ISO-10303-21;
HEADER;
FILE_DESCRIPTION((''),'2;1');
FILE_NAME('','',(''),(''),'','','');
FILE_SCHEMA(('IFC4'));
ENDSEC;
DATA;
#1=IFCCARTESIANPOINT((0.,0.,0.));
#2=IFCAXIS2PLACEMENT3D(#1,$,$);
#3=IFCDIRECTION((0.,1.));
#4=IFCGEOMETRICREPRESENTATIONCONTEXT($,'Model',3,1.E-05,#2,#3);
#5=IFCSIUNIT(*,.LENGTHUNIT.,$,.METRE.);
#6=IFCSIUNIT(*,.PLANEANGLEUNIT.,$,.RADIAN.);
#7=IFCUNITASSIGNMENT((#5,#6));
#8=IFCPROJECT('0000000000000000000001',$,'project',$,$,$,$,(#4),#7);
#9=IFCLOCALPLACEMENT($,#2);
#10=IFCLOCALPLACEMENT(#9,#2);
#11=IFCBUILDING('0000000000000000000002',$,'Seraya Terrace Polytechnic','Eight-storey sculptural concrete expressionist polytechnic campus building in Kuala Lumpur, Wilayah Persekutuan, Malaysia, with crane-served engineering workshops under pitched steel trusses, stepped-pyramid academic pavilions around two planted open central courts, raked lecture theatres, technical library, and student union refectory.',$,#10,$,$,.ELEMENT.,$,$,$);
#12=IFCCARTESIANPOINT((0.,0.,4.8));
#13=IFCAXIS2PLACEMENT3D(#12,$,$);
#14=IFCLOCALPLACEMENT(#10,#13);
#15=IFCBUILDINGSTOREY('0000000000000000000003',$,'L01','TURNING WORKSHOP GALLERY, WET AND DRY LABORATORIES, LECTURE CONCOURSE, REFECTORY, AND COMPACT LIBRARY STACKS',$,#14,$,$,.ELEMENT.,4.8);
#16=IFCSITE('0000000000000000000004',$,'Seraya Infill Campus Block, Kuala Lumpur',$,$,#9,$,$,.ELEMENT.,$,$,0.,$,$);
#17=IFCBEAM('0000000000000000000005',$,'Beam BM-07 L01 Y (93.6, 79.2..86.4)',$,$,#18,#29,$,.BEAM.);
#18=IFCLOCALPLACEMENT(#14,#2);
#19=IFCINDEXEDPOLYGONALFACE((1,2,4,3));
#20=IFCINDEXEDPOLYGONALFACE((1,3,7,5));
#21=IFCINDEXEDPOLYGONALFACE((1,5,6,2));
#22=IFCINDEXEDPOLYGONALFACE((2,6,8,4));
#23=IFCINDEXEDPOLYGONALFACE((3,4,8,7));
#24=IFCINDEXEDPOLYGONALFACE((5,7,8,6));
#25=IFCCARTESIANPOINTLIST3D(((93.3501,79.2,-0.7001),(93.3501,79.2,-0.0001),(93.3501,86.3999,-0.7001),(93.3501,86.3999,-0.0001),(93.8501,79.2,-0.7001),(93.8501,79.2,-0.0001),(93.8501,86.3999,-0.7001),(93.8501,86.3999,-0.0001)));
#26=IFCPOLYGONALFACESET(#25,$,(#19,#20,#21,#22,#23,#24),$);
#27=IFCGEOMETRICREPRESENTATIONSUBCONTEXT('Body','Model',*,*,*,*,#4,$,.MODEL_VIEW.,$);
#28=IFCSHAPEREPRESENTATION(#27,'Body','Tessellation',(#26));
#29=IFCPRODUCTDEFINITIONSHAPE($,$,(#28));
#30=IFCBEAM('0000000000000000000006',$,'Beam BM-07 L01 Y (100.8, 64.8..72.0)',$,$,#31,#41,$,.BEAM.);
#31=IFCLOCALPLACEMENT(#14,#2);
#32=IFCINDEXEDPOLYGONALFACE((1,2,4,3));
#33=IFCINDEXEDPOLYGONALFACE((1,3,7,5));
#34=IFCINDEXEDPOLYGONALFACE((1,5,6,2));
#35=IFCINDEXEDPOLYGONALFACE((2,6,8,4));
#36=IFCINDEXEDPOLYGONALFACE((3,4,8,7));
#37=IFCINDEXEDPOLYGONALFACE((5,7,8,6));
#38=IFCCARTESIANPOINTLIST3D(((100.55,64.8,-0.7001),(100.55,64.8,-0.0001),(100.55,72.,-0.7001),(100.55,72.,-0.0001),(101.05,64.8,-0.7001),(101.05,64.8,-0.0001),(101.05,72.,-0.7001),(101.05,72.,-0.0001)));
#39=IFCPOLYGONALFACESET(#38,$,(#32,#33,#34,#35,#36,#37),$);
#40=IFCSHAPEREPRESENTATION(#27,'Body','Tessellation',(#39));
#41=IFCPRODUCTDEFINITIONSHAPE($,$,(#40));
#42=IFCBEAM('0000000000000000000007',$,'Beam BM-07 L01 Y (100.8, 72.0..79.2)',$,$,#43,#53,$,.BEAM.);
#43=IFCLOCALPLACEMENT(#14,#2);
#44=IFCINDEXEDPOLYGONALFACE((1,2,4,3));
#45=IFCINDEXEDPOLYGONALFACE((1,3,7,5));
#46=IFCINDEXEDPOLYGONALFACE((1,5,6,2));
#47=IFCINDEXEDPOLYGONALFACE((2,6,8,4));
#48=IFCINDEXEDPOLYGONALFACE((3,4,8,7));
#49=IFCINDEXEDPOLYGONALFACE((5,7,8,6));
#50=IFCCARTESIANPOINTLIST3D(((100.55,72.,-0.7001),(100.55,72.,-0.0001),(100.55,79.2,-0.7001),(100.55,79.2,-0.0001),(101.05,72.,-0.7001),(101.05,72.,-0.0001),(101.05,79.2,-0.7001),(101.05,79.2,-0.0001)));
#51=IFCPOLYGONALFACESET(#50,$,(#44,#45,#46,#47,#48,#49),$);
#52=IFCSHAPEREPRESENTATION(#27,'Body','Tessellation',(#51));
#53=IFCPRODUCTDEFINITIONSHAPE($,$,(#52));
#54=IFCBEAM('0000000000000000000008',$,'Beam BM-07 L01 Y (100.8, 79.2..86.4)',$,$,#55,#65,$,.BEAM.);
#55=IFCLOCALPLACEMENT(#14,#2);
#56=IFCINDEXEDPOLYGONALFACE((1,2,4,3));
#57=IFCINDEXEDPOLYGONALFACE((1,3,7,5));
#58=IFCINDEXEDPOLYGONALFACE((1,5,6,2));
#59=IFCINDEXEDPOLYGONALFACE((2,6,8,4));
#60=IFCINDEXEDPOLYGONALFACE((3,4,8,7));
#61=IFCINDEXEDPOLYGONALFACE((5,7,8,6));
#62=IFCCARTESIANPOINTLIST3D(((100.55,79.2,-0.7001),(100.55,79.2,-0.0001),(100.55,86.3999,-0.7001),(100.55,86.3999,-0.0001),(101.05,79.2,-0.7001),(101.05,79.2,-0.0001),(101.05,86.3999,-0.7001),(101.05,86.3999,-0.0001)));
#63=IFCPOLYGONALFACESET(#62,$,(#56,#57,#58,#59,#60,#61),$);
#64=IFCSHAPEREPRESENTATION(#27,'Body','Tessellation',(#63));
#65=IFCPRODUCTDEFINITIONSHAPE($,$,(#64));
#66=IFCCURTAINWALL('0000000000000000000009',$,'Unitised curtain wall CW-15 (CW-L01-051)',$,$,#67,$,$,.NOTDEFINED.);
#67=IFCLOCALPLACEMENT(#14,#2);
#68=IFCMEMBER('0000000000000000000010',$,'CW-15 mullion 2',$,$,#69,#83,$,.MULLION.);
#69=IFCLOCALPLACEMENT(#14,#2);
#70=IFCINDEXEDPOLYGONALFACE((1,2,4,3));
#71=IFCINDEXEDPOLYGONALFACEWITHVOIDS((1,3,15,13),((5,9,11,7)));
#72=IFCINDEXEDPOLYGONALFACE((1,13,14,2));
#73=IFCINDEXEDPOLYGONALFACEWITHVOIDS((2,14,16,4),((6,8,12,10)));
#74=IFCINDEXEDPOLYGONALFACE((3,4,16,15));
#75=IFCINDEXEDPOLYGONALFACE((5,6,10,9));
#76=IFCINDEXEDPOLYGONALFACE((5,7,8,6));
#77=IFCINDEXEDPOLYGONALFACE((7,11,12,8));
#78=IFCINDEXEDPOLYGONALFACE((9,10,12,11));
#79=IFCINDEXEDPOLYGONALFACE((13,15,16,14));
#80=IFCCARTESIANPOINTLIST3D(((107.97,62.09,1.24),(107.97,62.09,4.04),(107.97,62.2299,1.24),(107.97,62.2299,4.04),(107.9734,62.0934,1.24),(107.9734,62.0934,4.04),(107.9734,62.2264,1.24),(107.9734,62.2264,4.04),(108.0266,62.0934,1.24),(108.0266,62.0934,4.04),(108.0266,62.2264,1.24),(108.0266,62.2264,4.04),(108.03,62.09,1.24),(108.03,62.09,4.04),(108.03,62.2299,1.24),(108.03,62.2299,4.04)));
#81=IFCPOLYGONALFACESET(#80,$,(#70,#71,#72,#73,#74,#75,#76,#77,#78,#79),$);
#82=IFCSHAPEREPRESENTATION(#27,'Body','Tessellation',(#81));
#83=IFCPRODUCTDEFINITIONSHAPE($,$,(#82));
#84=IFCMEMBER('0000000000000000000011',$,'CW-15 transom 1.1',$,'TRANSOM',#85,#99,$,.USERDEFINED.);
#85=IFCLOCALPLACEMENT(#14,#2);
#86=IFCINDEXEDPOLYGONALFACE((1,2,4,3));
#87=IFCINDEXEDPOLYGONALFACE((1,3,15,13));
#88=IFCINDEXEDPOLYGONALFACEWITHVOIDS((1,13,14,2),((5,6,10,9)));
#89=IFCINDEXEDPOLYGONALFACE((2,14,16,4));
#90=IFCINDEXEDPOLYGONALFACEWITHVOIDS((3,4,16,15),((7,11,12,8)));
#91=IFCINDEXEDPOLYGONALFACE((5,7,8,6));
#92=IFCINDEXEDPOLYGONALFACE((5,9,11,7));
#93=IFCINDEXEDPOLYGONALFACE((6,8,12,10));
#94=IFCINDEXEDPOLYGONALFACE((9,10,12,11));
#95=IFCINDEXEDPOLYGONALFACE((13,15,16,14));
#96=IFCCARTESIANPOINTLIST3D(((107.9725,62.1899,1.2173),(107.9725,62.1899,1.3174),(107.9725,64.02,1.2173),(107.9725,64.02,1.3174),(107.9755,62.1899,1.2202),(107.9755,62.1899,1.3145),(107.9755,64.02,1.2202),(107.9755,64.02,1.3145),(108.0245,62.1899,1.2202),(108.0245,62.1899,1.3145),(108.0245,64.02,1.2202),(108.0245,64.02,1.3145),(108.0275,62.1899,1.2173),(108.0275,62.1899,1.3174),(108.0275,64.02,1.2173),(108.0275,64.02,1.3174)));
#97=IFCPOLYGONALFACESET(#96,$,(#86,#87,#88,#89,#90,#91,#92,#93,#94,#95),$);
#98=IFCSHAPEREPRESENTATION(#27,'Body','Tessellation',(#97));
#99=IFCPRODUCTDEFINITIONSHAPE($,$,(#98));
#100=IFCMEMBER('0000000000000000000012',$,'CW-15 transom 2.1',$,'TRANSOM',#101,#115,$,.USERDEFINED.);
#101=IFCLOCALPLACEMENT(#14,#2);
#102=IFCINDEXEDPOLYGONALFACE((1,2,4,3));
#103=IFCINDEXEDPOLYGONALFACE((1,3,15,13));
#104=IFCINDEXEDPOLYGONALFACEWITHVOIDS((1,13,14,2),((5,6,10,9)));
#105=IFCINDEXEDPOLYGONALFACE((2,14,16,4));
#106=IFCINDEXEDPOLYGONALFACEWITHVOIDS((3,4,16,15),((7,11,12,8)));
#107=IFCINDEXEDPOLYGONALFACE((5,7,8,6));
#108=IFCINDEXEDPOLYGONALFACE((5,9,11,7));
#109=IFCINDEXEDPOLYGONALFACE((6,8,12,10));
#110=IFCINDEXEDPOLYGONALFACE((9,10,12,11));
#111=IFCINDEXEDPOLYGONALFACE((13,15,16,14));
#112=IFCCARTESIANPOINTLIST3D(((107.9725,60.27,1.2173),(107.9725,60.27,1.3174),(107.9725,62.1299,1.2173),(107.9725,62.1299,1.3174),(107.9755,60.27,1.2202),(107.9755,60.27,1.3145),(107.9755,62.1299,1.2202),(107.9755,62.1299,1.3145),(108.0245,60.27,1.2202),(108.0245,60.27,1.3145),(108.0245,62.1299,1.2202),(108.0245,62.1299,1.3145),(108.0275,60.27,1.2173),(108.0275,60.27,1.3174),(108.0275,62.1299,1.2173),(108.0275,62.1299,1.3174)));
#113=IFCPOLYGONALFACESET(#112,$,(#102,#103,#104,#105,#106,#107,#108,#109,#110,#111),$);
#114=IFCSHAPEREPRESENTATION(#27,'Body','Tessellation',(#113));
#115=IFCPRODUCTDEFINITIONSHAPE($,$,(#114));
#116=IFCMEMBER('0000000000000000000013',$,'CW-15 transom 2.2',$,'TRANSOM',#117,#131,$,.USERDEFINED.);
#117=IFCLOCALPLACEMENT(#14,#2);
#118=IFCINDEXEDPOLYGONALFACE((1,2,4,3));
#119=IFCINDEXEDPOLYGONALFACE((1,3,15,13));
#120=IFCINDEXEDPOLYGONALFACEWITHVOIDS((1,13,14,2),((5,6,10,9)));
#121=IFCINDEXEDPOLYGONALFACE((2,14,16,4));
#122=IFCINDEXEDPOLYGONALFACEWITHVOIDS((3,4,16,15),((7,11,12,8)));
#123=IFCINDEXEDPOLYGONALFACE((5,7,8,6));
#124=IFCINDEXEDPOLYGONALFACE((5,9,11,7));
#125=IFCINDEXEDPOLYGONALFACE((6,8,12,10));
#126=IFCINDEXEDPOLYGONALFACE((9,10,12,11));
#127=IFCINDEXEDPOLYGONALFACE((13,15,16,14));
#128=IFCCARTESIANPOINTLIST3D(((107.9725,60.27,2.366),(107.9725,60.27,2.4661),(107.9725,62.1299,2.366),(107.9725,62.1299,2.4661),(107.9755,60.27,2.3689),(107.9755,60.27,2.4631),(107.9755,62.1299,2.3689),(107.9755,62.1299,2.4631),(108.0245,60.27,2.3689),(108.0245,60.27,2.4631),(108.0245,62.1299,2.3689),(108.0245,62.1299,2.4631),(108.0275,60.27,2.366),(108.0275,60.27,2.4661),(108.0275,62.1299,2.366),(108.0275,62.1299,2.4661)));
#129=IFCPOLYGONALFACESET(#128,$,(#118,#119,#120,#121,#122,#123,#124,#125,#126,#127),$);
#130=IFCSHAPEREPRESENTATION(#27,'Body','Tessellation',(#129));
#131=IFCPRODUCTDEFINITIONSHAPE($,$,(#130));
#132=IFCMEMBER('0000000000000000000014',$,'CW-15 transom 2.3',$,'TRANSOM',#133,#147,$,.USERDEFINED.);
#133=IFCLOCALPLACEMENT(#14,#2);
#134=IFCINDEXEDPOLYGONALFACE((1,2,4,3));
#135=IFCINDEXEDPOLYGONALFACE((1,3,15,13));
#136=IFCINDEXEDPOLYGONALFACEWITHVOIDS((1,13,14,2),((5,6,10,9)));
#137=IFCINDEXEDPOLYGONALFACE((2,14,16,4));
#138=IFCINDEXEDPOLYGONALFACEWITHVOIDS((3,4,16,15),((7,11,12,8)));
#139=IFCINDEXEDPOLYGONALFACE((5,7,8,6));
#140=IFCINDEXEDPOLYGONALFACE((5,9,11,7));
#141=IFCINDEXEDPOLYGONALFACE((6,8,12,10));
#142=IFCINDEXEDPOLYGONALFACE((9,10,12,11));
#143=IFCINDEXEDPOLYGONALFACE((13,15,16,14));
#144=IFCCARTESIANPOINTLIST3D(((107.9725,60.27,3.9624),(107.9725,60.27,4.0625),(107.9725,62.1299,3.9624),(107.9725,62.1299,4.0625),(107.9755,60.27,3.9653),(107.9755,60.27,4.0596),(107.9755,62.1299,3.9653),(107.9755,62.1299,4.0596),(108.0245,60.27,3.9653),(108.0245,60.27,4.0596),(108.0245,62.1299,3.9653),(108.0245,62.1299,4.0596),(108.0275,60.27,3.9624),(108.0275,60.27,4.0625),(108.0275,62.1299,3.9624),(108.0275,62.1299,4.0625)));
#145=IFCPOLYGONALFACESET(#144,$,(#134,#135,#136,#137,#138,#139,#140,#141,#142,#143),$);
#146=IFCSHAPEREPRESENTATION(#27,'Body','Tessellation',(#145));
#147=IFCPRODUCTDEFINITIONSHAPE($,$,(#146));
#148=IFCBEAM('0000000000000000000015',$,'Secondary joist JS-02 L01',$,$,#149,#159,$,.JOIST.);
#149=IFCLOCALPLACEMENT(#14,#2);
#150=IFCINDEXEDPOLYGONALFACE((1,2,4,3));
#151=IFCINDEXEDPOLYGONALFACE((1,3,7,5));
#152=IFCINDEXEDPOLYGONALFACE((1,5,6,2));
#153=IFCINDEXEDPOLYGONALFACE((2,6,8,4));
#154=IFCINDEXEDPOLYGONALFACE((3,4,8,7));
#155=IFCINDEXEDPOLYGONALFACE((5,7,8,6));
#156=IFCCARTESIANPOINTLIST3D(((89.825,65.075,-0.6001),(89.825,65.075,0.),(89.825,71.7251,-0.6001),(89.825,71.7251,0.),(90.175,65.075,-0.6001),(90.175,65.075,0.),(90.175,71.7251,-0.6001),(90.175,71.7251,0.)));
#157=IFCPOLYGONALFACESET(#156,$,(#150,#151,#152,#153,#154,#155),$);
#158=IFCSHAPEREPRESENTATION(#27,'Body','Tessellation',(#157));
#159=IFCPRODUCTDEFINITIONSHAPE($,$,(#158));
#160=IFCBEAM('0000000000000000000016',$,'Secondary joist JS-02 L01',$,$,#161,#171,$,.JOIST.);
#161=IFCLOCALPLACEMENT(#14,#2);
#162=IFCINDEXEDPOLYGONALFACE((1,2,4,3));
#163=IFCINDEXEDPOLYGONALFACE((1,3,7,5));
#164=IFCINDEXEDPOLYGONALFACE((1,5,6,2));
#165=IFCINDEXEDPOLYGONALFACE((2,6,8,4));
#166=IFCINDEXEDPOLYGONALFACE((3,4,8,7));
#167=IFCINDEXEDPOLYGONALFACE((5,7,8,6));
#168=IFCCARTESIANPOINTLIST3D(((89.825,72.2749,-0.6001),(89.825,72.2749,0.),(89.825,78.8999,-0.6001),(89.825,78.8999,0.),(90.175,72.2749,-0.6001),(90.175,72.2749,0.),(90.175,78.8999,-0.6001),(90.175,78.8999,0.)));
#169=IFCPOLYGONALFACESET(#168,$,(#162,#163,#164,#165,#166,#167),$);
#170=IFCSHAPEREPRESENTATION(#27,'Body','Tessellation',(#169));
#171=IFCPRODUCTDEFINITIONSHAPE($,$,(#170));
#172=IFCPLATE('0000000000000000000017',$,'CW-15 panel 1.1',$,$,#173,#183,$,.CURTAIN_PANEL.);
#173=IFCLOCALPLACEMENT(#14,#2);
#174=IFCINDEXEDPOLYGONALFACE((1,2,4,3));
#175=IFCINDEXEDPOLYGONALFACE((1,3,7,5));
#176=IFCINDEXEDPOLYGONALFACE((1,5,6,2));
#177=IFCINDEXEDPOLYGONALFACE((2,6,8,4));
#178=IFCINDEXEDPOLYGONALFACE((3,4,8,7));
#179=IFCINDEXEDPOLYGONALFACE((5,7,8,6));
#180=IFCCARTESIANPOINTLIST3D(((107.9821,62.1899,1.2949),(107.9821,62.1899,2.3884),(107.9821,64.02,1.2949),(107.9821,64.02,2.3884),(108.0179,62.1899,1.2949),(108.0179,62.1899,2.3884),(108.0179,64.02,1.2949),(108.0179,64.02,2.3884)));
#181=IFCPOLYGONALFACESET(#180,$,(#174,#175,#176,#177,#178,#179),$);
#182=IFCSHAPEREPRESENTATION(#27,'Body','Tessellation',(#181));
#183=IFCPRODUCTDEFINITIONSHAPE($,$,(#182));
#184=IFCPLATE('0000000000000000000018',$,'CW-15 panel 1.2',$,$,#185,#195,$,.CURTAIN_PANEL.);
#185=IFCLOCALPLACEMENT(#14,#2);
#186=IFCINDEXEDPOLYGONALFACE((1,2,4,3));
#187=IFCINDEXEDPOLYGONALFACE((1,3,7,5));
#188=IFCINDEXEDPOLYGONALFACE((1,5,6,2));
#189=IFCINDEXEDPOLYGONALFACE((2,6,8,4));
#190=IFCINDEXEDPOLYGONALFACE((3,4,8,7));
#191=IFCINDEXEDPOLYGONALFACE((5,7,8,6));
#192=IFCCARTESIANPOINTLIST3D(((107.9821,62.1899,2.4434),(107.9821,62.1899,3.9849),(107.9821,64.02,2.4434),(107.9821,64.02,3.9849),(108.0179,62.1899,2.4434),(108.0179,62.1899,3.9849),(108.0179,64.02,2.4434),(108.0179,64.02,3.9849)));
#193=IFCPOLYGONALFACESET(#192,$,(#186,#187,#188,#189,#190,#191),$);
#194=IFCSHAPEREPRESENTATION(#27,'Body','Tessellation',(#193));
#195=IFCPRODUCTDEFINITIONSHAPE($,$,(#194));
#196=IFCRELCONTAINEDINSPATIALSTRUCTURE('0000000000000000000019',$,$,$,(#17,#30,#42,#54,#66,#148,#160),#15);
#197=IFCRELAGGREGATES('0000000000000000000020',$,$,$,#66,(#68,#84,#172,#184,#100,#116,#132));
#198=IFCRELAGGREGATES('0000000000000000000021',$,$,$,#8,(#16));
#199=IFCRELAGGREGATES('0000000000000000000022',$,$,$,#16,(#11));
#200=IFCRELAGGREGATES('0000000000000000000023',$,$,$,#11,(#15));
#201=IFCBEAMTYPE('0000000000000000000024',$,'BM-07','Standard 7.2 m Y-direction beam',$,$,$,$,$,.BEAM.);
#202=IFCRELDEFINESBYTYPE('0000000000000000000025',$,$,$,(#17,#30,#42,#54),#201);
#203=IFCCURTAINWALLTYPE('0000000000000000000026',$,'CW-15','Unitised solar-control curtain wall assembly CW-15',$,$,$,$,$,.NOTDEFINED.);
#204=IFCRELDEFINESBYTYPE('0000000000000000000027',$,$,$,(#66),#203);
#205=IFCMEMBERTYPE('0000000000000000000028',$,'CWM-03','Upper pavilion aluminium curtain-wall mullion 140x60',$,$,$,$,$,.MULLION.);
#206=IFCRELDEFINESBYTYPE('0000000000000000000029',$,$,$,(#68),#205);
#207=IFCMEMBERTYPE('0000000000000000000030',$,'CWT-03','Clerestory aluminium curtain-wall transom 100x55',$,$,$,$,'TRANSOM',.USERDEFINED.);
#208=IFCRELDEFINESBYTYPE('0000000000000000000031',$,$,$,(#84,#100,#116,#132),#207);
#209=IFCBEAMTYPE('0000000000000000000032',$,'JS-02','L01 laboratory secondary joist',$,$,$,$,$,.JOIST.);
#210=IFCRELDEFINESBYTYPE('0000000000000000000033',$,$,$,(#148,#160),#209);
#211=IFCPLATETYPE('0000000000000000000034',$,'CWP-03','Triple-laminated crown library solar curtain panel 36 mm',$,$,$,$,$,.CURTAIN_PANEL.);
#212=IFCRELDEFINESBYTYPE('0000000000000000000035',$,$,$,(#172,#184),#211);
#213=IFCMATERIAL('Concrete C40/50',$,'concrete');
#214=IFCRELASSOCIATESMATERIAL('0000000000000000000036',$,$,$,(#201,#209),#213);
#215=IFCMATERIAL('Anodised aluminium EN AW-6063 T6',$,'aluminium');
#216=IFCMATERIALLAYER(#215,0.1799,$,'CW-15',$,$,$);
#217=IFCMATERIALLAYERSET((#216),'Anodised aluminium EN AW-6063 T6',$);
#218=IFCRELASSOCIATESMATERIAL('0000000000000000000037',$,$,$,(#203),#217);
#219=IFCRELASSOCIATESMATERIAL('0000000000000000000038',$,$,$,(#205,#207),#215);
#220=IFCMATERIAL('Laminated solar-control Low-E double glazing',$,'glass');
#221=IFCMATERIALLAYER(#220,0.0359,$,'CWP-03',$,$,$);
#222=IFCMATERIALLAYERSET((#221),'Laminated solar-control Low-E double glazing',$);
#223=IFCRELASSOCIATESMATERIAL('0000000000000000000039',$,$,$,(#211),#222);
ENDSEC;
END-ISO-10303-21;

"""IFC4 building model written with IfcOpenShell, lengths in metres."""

from ifc_helpers import new_model, si_unit, direction, frame, origin, origin_2d, place, context, subcontext, project, spatial, rectangle, hollow_rectangle, extrude, material, layer, layer_set, material_profile, profile_set, type_object, element, aggregate, save


model = new_model("IFC4")

# Units and contexts
model_context = context("Model", 3, precision=1e-05, world=origin(), true_north=direction((0.0, 1.0)))
body_context = subcontext(model_context, "Body", "Model", "MODEL_VIEW")
ifc_project = project(units=[si_unit("LENGTHUNIT", "METRE"), si_unit("PLANEANGLEUNIT", "RADIAN")], contexts=[model_context])

# Site, building, storey
site_placement = place(None, origin())
site = spatial("IfcSite", under=ifc_project, at=site_placement, Name="Seraya Infill Campus Block, Kuala Lumpur", CompositionType="ELEMENT", RefElevation=0.0)
building_placement = place(site_placement, origin())
building = spatial("IfcBuilding", under=site, at=building_placement, Name="Seraya Terrace Polytechnic", Description="Eight-storey sculptural concrete expressionist polytechnic campus building in Kuala Lumpur, Wilayah Persekutuan, Malaysia, with crane-served engineering workshops under pitched steel trusses, stepped-pyramid academic pavilions around two planted open central courts, raked lecture theatres, technical library, and student union refectory.", CompositionType="ELEMENT")
storey_placement = place(building_placement, frame((0.0, 0.0, 4.8)))
storey = spatial("IfcBuildingStorey", under=building, at=storey_placement, Name="L01", Description="TURNING WORKSHOP GALLERY, WET AND DRY LABORATORIES, LECTURE CONCOURSE, REFECTORY, AND COMPACT LIBRARY STACKS", CompositionType="ELEMENT", Elevation=4.8)

# Shared definitions
ifc_material_1 = material(Name="Concrete C40/50", Category="concrete")

# Beams
ifc_material_profile_1 = material_profile(ifc_material_1, rectangle(XDim=0.5, YDim=0.7, at=origin_2d()), Name="RC 500x700")
ifc_profile_set_1 = profile_set([ifc_material_profile_1], Name="Concrete C40/50")
beam_type_1 = type_object("IfcBeamType", Name="BM-07", Description="Standard 7.2 m Y-direction beam", PredefinedType="BEAM", material=ifc_profile_set_1)
for number, where, z_axis, x_axis, name in (
    (1, (93.6001, 79.2, -0.3501), (0.0, 1.0, 0.0), (-1.0, 0.0, 0.0), "Beam BM-07 L01 Y (93.6, 79.2..86.4)"),
    (2, (100.8, 64.8, -0.3501), (0.0, 1.0, 0.0), (-1.0, 0.0, 0.0), "Beam BM-07 L01 Y (100.8, 64.8..72.0)"),
    (3, (100.8, 72.0, -0.3501), (0.0, 1.0, 0.0), (-1.0, 0.0, 0.0), "Beam BM-07 L01 Y (100.8, 72.0..79.2)"),
    (4, (100.8, 79.2, -0.3501), (0.0, 1.0, 0.0), (-1.0, 0.0, 0.0), "Beam BM-07 L01 Y (100.8, 79.2..86.4)"),
):
    element("IfcBeam", number, at=place(storey_placement, frame(where, z_axis=z_axis, x_axis=x_axis)), inside=storey, type_object=beam_type_1, Name=name, PredefinedType="BEAM", context=body_context, shape_type="SweptSolid", body=[
        extrude(rectangle(XDim=0.5, YDim=0.7, at=origin_2d()), origin(), (0.0, 0.0, 1.0), 7.2),
    ])

# Curtain wall, members
ifc_material_2 = material(Name="Anodised aluminium EN AW-6063 T6", Category="aluminium")
ifc_layer_1 = layer(ifc_material_2, 0.1799, Name="CW-15")
ifc_layer_set_1 = layer_set([ifc_layer_1], Name="Anodised aluminium EN AW-6063 T6")
curtain_wall_type = type_object("IfcCurtainWallType", Name="CW-15", Description="Unitised solar-control curtain wall assembly CW-15", PredefinedType="NOTDEFINED", material=ifc_layer_set_1)
curtain_wall_placement = place(storey_placement, origin())
curtain_wall = element("IfcCurtainWall", 5, at=curtain_wall_placement, inside=storey, type_object=curtain_wall_type, Name="Unitised curtain wall CW-15 (CW-L01-051)", PredefinedType="NOTDEFINED")
ifc_material_profile_2 = material_profile(ifc_material_2, hollow_rectangle(XDim=0.0601, YDim=0.1399, WallThickness=0.0034, at=origin_2d()), Name="RHS 140x60x3.5")
ifc_profile_set_2 = profile_set([ifc_material_profile_2], Name="Anodised aluminium EN AW-6063 T6")
member_type_1 = type_object("IfcMemberType", Name="CWM-03", Description="Upper pavilion aluminium curtain-wall mullion 140x60", PredefinedType="MULLION", material=ifc_profile_set_2)
member_1_placement = place(storey_placement, frame((108.0, 62.1599, 1.24), z_axis=(0.0, 0.0, 1.0), x_axis=(1.0, 0.0, 0.0)))
member_1 = element("IfcMember", 6, at=member_1_placement, type_object=member_type_1, Name="CW-15 mullion 2", PredefinedType="MULLION", context=body_context, shape_type="SweptSolid", body=[
    extrude(hollow_rectangle(XDim=0.0601, YDim=0.1399, WallThickness=0.0034, at=origin_2d()), origin(), (0.0, 0.0, 1.0), 2.8),
])
ifc_material_profile_3 = material_profile(ifc_material_2, hollow_rectangle(XDim=0.0549, YDim=0.1001, WallThickness=0.0029, at=origin_2d()), Name="RHS 100x55x3.0")
ifc_profile_set_3 = profile_set([ifc_material_profile_3], Name="Anodised aluminium EN AW-6063 T6")
member_type_2 = type_object("IfcMemberType", Name="CWT-03", Description="Clerestory aluminium curtain-wall transom 100x55", ElementType="TRANSOM", PredefinedType="USERDEFINED", material=ifc_profile_set_3)
member_2_placement = place(storey_placement, frame((108.0, 64.02, 1.2673), z_axis=(0.0, -1.0, 0.0), x_axis=(1.0, 0.0, 0.0)))
member_2 = element("IfcMember", 7, at=member_2_placement, type_object=member_type_2, Name="CW-15 transom 1.1", ObjectType="TRANSOM", PredefinedType="USERDEFINED", context=body_context, shape_type="SweptSolid", body=[
    extrude(hollow_rectangle(XDim=0.0549, YDim=0.1001, WallThickness=0.0029, at=origin_2d()), origin(), (0.0, 0.0, 1.0), 1.8301),
])
member_3_placement = place(storey_placement, frame((108.0, 62.1299, 1.2673), z_axis=(0.0, -1.0, 0.0), x_axis=(1.0, 0.0, 0.0)))
member_3 = element("IfcMember", 8, at=member_3_placement, type_object=member_type_2, Name="CW-15 transom 2.1", ObjectType="TRANSOM", PredefinedType="USERDEFINED", context=body_context, shape_type="SweptSolid", body=[
    extrude(hollow_rectangle(XDim=0.0549, YDim=0.1001, WallThickness=0.0029, at=origin_2d()), origin(), (0.0, 0.0, 1.0), 1.8599),
])
member_4_placement = place(storey_placement, frame((108.0, 62.1299, 2.416), z_axis=(0.0, -1.0, 0.0), x_axis=(1.0, 0.0, 0.0)))
member_4 = element("IfcMember", 9, at=member_4_placement, type_object=member_type_2, Name="CW-15 transom 2.2", ObjectType="TRANSOM", PredefinedType="USERDEFINED", context=body_context, shape_type="SweptSolid", body=[
    extrude(hollow_rectangle(XDim=0.0549, YDim=0.1001, WallThickness=0.0029, at=origin_2d()), origin(), (0.0, 0.0, 1.0), 1.8599),
])
member_5_placement = place(storey_placement, frame((108.0, 62.1299, 4.0125), z_axis=(0.0, -1.0, 0.0), x_axis=(1.0, 0.0, 0.0)))
member_5 = element("IfcMember", 10, at=member_5_placement, type_object=member_type_2, Name="CW-15 transom 2.3", ObjectType="TRANSOM", PredefinedType="USERDEFINED", context=body_context, shape_type="SweptSolid", body=[
    extrude(hollow_rectangle(XDim=0.0549, YDim=0.1001, WallThickness=0.0029, at=origin_2d()), origin(), (0.0, 0.0, 1.0), 1.8599),
])

# Beams
ifc_material_profile_4 = material_profile(ifc_material_1, rectangle(XDim=0.3501, YDim=0.6001, at=origin_2d()), Name="RC 350x600")
ifc_profile_set_4 = profile_set([ifc_material_profile_4], Name="Concrete C40/50")
beam_type_2 = type_object("IfcBeamType", Name="JS-02", Description="L01 laboratory secondary joist", PredefinedType="JOIST", material=ifc_profile_set_4)
beam_1_placement = place(storey_placement, frame((90.0, 65.075, -0.3), z_axis=(0.0, 1.0, 0.0), x_axis=(-1.0, 0.0, 0.0)))
element("IfcBeam", 11, at=beam_1_placement, inside=storey, type_object=beam_type_2, Name="Secondary joist JS-02 L01", PredefinedType="JOIST", context=body_context, shape_type="SweptSolid", body=[
    extrude(rectangle(XDim=0.3501, YDim=0.6001, at=origin_2d()), origin(), (0.0, 0.0, 1.0), 6.6501),
])
beam_2_placement = place(storey_placement, frame((90.0, 72.2749, -0.3), z_axis=(0.0, 1.0, 0.0), x_axis=(-1.0, 0.0, 0.0)))
element("IfcBeam", 12, at=beam_2_placement, inside=storey, type_object=beam_type_2, Name="Secondary joist JS-02 L01", PredefinedType="JOIST", context=body_context, shape_type="SweptSolid", body=[
    extrude(rectangle(XDim=0.3501, YDim=0.6001, at=origin_2d()), origin(), (0.0, 0.0, 1.0), 6.625),
])

# Plates
ifc_material_3 = material(Name="Laminated solar-control Low-E double glazing", Category="glass")
ifc_layer_2 = layer(ifc_material_3, 0.0359, Name="CWP-03")
ifc_layer_set_2 = layer_set([ifc_layer_2], Name="Laminated solar-control Low-E double glazing")
plate_type = type_object("IfcPlateType", Name="CWP-03", Description="Triple-laminated crown library solar curtain panel 36 mm", PredefinedType="CURTAIN_PANEL", material=ifc_layer_set_2)
plate_1_placement = place(storey_placement, frame((108.0, 63.105, 1.2949), z_axis=(0.0, 0.0, 1.0), x_axis=(0.0, -1.0, 0.0)))
plate_1 = element("IfcPlate", 13, at=plate_1_placement, type_object=plate_type, Name="CW-15 panel 1.1", PredefinedType="CURTAIN_PANEL", context=body_context, shape_type="SweptSolid", body=[
    extrude(rectangle(XDim=1.8301, YDim=0.0359, at=origin_2d()), origin(), (0.0, 0.0, 1.0), 1.0935),
])
plate_2_placement = place(storey_placement, frame((108.0, 63.105, 2.4434), z_axis=(0.0, 0.0, 1.0), x_axis=(0.0, -1.0, 0.0)))
plate_2 = element("IfcPlate", 14, at=plate_2_placement, type_object=plate_type, Name="CW-15 panel 1.2", PredefinedType="CURTAIN_PANEL", context=body_context, shape_type="SweptSolid", body=[
    extrude(rectangle(XDim=1.8301, YDim=0.0359, at=origin_2d()), origin(), (0.0, 0.0, 1.0), 1.5415),
])
aggregate(curtain_wall, [member_1, member_2, plate_1, plate_2, member_3, member_4, member_5])

save(model, "model.ifc")
